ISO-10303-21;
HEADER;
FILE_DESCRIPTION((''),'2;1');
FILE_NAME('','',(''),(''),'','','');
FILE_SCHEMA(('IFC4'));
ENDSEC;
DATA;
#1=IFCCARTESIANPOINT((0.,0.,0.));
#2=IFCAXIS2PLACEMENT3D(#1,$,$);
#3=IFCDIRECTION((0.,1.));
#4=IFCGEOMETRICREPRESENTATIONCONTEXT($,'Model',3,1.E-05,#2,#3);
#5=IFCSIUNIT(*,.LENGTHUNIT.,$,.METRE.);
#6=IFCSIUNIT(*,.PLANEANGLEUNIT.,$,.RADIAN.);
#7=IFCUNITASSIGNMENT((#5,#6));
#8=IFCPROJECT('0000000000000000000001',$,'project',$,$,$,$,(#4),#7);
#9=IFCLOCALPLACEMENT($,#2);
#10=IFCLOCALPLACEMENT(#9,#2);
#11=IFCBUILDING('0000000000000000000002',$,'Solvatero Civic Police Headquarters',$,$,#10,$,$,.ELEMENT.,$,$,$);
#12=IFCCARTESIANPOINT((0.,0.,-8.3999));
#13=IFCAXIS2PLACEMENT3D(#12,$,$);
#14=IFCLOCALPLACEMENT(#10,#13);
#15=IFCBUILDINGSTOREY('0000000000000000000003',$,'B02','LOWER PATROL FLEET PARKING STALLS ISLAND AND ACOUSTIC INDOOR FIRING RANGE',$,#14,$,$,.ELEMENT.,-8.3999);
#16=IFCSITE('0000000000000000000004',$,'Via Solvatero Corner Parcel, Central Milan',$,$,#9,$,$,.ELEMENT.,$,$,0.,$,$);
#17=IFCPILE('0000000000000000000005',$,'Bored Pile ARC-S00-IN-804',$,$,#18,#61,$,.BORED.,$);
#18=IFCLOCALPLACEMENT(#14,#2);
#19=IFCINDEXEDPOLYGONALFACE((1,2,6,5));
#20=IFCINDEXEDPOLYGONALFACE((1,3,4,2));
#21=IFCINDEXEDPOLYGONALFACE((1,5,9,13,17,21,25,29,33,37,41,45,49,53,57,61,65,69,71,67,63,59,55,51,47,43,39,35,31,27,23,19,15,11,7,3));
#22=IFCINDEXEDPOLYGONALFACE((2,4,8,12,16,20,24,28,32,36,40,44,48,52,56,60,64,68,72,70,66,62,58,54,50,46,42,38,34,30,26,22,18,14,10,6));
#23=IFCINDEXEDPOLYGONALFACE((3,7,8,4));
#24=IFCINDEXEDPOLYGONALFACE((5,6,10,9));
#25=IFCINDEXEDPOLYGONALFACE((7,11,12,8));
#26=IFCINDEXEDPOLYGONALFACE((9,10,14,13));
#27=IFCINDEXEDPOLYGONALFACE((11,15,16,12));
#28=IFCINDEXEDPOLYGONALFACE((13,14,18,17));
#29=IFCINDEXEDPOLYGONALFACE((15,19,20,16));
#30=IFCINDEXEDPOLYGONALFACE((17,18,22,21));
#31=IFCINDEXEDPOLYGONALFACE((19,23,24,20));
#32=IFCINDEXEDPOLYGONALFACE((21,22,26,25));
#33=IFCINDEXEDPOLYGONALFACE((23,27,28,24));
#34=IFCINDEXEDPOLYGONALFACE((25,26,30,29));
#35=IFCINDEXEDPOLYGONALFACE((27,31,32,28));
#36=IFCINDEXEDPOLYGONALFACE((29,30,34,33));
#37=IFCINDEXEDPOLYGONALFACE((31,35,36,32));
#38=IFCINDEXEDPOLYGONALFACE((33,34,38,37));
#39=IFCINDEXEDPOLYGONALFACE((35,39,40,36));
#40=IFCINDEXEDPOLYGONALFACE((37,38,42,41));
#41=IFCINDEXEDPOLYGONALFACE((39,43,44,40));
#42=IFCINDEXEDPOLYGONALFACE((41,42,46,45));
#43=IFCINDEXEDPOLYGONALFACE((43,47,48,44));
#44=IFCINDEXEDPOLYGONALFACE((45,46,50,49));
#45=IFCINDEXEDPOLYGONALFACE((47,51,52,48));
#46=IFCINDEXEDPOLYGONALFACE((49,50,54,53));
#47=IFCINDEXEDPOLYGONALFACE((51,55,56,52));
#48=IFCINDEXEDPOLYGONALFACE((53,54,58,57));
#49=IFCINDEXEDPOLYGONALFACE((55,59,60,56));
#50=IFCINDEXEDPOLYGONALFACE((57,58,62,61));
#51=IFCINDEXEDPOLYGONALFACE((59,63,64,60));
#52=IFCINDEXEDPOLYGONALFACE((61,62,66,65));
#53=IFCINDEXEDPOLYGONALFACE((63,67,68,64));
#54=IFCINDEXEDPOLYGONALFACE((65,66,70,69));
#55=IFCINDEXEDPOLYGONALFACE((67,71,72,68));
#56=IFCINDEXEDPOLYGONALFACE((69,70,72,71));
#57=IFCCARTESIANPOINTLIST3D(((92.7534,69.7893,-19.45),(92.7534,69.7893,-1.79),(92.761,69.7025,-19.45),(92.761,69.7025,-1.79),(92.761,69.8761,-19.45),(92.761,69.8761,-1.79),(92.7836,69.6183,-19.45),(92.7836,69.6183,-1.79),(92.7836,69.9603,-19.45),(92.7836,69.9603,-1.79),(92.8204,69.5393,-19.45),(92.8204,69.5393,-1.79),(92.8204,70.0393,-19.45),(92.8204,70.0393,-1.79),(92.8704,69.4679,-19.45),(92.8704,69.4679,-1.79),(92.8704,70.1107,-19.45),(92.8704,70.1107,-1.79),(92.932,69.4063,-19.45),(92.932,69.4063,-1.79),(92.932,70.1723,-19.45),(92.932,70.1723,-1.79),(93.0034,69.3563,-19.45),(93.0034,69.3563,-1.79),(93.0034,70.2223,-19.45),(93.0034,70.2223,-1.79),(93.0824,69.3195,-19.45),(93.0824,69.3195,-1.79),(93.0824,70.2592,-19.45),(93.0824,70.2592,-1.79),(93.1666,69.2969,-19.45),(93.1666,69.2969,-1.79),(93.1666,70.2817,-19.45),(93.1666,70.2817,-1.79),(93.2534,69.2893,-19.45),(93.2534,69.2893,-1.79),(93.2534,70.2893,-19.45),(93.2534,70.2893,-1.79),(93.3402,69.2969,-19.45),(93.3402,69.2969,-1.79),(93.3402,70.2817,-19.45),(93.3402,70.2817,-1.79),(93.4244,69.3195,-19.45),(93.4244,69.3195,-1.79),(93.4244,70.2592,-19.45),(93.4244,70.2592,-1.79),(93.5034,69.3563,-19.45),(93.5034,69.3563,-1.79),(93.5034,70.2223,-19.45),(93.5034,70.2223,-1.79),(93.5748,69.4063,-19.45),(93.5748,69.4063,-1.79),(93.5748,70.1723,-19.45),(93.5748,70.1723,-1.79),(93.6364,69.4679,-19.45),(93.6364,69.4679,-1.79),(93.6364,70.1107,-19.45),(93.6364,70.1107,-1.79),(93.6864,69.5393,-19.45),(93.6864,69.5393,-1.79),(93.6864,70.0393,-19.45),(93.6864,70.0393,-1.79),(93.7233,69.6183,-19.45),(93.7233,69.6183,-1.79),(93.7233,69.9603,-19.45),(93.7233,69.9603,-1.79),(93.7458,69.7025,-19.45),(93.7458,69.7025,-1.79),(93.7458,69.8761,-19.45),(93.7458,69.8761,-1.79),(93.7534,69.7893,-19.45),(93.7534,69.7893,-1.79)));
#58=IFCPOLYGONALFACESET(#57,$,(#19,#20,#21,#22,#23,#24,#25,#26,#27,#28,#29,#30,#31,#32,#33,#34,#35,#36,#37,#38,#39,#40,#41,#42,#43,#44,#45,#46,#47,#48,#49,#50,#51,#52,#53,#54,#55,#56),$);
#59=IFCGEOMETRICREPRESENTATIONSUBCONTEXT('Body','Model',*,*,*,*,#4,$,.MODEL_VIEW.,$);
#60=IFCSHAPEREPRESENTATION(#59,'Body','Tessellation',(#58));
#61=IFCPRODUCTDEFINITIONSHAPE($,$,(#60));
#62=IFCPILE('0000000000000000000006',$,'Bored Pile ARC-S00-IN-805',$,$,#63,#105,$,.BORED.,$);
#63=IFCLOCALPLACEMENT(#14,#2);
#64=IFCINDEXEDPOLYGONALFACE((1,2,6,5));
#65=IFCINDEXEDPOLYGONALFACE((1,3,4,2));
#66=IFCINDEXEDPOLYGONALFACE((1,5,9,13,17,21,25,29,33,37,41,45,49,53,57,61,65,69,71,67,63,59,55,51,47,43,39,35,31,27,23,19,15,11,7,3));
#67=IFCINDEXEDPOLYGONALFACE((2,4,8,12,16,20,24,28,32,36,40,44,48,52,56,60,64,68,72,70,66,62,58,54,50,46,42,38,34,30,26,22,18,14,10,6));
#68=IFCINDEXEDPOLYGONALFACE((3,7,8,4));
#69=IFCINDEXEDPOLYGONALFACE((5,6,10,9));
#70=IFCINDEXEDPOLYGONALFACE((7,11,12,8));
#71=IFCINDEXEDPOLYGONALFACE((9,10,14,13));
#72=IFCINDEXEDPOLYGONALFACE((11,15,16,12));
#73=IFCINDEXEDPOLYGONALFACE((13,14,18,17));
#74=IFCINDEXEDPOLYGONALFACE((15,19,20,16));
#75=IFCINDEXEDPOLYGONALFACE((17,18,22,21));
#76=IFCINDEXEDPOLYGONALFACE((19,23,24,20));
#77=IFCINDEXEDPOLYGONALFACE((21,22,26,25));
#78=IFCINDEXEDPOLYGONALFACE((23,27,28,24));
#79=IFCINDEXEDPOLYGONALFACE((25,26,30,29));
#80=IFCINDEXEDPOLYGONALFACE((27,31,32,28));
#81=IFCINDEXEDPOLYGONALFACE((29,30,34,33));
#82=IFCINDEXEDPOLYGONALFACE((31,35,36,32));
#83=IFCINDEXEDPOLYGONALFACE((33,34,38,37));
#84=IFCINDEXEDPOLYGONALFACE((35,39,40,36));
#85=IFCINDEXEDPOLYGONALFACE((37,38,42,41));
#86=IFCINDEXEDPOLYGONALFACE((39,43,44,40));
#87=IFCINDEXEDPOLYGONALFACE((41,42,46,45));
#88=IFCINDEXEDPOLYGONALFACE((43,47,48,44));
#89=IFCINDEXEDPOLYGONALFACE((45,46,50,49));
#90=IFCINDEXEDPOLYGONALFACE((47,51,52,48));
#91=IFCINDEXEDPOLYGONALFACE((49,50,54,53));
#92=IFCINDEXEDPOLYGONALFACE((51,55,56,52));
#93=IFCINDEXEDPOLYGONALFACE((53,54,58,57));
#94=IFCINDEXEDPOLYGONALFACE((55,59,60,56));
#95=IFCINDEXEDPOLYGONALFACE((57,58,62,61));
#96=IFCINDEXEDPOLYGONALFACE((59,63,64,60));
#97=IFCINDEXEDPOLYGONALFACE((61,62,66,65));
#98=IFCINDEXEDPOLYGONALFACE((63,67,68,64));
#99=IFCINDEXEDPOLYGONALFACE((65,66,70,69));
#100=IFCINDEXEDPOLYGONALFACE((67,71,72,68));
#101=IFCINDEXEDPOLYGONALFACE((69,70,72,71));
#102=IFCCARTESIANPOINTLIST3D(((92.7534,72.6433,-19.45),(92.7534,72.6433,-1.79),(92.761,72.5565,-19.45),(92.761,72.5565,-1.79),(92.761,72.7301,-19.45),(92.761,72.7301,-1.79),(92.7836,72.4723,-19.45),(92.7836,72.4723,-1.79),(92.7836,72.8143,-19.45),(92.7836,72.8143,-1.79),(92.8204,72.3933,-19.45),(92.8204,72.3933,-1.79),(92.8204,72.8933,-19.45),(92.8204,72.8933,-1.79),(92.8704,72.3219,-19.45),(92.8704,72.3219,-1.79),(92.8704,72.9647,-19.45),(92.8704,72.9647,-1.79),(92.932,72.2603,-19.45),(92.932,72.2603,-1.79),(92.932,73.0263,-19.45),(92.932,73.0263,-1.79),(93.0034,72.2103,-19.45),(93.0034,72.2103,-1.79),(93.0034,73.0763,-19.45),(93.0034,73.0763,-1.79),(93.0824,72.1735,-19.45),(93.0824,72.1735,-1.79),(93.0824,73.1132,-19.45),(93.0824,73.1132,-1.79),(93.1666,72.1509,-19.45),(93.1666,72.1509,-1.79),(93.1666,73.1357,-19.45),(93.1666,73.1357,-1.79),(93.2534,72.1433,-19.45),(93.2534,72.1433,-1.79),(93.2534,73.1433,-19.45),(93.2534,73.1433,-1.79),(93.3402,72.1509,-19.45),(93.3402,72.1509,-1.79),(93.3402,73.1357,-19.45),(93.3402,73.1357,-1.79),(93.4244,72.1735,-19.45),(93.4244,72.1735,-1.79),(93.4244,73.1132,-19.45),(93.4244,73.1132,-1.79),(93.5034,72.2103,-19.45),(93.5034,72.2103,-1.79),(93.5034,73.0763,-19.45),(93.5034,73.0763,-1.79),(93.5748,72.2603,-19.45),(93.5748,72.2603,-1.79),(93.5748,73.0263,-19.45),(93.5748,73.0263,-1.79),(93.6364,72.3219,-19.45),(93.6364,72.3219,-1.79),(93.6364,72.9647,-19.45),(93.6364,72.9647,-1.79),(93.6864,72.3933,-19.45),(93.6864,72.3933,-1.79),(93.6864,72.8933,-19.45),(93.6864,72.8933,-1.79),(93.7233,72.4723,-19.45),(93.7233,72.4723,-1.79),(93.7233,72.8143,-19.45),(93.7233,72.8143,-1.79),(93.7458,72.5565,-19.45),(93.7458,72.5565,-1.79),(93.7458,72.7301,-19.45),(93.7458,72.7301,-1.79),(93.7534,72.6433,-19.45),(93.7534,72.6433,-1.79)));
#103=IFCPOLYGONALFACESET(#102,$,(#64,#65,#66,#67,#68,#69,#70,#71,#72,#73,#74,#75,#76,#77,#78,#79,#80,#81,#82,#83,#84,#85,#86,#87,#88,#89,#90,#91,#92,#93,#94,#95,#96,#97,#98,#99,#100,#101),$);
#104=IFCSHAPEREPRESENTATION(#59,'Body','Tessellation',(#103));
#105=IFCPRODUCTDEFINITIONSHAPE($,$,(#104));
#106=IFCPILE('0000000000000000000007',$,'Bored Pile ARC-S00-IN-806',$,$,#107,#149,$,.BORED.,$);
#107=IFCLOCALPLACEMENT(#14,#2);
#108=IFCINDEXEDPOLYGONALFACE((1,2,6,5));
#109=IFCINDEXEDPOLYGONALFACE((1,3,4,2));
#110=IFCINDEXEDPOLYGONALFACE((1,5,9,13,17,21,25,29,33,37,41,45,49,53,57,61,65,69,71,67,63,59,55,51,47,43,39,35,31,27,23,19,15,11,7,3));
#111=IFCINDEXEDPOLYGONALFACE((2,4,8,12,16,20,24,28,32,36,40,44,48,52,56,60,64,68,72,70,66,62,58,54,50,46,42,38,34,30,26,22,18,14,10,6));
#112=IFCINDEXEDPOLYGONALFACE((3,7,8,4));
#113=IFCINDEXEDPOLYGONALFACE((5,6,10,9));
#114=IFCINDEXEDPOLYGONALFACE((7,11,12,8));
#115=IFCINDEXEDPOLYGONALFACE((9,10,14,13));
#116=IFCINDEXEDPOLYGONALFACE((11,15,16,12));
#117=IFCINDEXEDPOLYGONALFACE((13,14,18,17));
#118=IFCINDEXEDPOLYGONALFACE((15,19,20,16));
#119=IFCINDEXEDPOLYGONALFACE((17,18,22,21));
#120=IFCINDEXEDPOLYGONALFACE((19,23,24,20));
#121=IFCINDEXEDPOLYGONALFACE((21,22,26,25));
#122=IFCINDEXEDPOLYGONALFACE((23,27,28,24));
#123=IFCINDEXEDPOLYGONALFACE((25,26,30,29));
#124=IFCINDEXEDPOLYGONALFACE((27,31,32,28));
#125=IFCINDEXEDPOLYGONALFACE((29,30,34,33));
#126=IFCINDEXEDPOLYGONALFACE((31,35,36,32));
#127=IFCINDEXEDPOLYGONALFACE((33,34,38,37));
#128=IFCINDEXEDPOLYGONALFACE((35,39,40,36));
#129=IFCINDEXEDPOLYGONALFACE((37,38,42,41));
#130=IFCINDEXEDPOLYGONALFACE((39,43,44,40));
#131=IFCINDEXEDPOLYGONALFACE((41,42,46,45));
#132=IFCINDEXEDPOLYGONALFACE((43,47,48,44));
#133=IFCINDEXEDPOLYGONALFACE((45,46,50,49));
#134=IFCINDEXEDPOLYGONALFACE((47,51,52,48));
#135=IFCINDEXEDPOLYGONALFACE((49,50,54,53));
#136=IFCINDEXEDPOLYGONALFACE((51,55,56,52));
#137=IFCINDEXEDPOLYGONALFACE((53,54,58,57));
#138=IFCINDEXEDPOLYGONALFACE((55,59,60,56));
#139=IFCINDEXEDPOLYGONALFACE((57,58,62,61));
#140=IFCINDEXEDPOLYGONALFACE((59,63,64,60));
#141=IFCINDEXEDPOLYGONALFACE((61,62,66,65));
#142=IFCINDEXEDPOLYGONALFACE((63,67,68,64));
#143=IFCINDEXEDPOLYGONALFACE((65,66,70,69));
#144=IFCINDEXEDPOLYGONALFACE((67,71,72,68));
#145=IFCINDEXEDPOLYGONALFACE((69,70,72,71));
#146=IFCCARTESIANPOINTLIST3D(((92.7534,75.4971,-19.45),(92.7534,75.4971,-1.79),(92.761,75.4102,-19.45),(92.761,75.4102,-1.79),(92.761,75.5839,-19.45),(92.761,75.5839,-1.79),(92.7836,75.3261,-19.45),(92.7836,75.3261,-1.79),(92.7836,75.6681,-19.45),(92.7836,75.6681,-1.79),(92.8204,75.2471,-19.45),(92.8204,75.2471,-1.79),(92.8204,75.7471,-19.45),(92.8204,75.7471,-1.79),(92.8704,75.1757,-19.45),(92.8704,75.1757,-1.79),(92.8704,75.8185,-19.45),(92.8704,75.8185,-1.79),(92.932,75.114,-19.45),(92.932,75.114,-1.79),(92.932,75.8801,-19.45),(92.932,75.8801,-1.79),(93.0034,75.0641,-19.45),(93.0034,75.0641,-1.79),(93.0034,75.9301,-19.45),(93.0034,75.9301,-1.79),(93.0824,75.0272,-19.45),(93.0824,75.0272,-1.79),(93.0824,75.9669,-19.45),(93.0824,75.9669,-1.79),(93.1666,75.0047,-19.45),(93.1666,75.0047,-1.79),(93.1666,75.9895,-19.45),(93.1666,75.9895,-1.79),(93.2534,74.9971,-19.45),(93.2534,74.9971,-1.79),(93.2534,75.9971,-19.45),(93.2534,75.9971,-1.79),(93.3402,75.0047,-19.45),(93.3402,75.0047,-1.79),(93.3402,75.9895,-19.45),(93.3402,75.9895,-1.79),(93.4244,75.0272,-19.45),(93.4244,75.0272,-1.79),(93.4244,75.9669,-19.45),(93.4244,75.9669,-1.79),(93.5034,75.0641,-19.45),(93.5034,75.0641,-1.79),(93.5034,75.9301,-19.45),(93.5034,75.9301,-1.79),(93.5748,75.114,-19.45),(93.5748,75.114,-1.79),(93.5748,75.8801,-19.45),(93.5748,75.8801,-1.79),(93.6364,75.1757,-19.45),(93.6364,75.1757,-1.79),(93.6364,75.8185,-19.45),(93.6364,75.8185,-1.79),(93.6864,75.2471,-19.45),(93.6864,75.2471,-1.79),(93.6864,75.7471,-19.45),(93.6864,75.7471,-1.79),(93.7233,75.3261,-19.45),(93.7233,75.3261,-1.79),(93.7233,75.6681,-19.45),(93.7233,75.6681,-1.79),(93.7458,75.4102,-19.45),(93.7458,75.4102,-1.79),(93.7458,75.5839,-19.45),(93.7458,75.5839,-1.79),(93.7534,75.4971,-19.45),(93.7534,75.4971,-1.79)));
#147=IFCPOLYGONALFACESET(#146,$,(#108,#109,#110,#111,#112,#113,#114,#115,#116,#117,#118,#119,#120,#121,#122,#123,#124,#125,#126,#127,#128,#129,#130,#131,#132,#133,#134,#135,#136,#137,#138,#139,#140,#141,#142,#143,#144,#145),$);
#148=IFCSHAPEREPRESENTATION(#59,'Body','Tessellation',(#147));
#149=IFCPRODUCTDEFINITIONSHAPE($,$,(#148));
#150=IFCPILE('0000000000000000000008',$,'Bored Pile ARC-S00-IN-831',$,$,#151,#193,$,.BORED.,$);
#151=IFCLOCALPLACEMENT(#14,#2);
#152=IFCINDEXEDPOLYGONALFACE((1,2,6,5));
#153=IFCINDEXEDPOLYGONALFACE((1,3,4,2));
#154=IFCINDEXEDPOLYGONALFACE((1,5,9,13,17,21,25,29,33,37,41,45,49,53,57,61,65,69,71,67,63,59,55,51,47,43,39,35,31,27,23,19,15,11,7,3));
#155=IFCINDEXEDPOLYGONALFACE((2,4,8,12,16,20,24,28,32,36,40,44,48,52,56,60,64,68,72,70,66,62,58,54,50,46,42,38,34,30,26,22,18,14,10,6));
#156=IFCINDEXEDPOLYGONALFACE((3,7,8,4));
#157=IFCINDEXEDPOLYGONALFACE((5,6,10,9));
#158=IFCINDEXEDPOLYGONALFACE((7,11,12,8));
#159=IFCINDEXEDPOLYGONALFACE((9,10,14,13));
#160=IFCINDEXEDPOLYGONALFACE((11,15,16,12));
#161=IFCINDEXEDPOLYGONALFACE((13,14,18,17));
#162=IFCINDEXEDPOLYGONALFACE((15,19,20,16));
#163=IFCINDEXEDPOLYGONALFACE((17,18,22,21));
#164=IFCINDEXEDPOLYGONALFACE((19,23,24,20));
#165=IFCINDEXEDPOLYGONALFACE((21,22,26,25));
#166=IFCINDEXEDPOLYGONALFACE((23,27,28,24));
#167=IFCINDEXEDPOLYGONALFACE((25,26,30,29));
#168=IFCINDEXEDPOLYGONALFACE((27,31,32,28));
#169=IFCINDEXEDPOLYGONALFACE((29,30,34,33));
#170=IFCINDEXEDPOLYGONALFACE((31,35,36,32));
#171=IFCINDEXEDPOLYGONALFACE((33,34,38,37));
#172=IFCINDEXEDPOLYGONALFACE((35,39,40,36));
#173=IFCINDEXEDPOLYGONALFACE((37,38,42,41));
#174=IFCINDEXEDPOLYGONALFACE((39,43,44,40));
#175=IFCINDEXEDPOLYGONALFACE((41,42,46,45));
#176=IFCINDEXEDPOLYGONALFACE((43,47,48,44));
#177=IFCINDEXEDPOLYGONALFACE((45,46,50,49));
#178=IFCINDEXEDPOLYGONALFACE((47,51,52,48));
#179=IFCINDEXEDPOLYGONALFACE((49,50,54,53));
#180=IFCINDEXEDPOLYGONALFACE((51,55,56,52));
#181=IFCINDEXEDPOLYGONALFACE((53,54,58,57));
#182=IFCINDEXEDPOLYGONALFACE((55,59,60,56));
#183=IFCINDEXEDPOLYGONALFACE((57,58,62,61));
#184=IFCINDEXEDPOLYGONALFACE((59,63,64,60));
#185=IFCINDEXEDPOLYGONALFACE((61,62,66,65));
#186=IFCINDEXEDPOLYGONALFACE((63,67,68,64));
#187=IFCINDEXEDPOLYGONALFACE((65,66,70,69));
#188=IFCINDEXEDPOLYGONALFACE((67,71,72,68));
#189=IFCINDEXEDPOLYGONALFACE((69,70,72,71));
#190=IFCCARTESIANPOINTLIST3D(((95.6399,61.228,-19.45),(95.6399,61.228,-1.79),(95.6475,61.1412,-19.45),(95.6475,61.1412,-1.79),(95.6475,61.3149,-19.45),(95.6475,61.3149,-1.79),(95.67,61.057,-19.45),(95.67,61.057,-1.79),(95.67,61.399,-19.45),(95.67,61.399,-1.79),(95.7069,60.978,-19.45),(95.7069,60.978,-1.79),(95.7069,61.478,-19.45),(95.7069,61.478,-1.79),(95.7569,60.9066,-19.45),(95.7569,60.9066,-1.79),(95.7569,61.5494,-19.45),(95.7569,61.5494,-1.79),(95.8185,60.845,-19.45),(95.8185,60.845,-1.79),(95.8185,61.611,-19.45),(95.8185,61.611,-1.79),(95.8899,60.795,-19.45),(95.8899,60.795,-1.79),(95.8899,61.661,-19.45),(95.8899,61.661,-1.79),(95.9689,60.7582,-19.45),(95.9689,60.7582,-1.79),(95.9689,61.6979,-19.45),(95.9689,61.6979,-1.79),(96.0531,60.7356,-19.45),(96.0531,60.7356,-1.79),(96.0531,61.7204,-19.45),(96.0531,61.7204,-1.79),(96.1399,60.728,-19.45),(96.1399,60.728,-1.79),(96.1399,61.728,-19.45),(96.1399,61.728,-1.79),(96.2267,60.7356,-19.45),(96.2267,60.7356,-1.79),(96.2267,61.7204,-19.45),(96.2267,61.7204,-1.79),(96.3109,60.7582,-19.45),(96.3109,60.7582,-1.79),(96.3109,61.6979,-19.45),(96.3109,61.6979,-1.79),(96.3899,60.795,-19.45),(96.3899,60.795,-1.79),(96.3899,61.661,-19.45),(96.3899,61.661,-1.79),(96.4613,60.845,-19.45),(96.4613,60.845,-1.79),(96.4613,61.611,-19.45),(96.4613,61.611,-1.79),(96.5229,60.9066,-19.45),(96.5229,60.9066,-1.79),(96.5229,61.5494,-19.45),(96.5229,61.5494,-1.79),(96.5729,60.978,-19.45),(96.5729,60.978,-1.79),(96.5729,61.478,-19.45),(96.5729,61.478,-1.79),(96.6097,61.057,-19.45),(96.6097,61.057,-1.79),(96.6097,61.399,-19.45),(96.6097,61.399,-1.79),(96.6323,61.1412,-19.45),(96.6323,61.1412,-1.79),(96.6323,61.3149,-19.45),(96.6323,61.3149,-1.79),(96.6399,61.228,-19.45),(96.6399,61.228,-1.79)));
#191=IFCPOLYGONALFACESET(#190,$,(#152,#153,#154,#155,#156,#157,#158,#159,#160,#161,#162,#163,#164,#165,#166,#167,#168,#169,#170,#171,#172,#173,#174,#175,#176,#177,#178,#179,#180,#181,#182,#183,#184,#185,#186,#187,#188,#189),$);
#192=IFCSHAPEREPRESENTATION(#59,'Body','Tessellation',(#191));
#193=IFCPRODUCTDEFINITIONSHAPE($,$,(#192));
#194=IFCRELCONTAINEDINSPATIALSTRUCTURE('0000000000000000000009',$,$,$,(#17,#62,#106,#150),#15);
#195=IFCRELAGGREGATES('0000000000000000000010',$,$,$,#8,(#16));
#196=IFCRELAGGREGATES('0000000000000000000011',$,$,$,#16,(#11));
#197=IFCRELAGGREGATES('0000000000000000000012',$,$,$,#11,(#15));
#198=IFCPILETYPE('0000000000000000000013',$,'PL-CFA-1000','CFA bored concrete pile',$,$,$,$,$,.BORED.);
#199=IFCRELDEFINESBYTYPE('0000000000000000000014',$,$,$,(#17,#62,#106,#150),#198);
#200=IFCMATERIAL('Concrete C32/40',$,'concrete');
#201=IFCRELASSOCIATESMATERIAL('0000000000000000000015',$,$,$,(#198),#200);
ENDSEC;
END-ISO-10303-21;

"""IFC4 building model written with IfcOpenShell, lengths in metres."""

from ifc_helpers import new_model, si_unit, direction, frame, origin, origin_2d, place, context, subcontext, project, spatial, circle, extrude, material, material_profile, profile_set, type_object, element, save


model = new_model("IFC4")

# Units and contexts
model_context = context("Model", 3, precision=1e-05, world=origin(), true_north=direction((0.0, 1.0)))
body_context = subcontext(model_context, "Body", "Model", "MODEL_VIEW")
ifc_project = project(units=[si_unit("LENGTHUNIT", "METRE"), si_unit("PLANEANGLEUNIT", "RADIAN")], contexts=[model_context])

# Site, building, storey
site_placement = place(None, origin())
site = spatial("IfcSite", under=ifc_project, at=site_placement, Name="Via Solvatero Corner Parcel, Central Milan", CompositionType="ELEMENT", RefElevation=0.0)
building_placement = place(site_placement, origin())
building = spatial("IfcBuilding", under=site, at=building_placement, Name="Solvatero Civic Police Headquarters", CompositionType="ELEMENT")
storey_placement = place(building_placement, frame((0.0, 0.0, -8.3999)))
storey = spatial("IfcBuildingStorey", under=building, at=storey_placement, Name="B02", Description="LOWER PATROL FLEET PARKING STALLS ISLAND AND ACOUSTIC INDOOR FIRING RANGE", CompositionType="ELEMENT", Elevation=-8.3999)

# Piles
ifc_material_1 = material(Name="Concrete C32/40", Category="concrete")
ifc_material_profile_1 = material_profile(ifc_material_1, circle(Radius=0.5, at=origin_2d()), Name="CFA PILE D1000")
ifc_profile_set_1 = profile_set([ifc_material_profile_1], Name="Concrete C32/40")
pile_type = type_object("IfcPileType", Name="PL-CFA-1000", Description="CFA bored concrete pile", PredefinedType="BORED", material=ifc_profile_set_1)
for number, where, z_axis, x_axis, name in (
    (1, (93.2534, 69.7893, -1.79), (0.0, 0.0, -1.0), (1.0, 0.0, 0.0), "Bored Pile ARC-S00-IN-804"),
    (2, (93.2534, 72.6433, -1.79), (0.0, 0.0, -1.0), (1.0, 0.0, 0.0), "Bored Pile ARC-S00-IN-805"),
    (3, (93.2534, 75.4971, -1.79), (0.0, 0.0, -1.0), (1.0, 0.0, 0.0), "Bored Pile ARC-S00-IN-806"),
    (4, (96.1399, 61.228, -1.79), (0.0, 0.0, -1.0), (1.0, 0.0, 0.0), "Bored Pile ARC-S00-IN-831"),
):
    element("IfcPile", number, at=place(storey_placement, frame(where, z_axis=z_axis, x_axis=x_axis)), inside=storey, type_object=pile_type, Name=name, PredefinedType="BORED", context=body_context, shape_type="SweptSolid", body=[
        extrude(circle(Radius=0.5, at=origin_2d()), origin(), (0.0, 0.0, 1.0), 17.6599),
    ])

save(model, "model.ifc")
